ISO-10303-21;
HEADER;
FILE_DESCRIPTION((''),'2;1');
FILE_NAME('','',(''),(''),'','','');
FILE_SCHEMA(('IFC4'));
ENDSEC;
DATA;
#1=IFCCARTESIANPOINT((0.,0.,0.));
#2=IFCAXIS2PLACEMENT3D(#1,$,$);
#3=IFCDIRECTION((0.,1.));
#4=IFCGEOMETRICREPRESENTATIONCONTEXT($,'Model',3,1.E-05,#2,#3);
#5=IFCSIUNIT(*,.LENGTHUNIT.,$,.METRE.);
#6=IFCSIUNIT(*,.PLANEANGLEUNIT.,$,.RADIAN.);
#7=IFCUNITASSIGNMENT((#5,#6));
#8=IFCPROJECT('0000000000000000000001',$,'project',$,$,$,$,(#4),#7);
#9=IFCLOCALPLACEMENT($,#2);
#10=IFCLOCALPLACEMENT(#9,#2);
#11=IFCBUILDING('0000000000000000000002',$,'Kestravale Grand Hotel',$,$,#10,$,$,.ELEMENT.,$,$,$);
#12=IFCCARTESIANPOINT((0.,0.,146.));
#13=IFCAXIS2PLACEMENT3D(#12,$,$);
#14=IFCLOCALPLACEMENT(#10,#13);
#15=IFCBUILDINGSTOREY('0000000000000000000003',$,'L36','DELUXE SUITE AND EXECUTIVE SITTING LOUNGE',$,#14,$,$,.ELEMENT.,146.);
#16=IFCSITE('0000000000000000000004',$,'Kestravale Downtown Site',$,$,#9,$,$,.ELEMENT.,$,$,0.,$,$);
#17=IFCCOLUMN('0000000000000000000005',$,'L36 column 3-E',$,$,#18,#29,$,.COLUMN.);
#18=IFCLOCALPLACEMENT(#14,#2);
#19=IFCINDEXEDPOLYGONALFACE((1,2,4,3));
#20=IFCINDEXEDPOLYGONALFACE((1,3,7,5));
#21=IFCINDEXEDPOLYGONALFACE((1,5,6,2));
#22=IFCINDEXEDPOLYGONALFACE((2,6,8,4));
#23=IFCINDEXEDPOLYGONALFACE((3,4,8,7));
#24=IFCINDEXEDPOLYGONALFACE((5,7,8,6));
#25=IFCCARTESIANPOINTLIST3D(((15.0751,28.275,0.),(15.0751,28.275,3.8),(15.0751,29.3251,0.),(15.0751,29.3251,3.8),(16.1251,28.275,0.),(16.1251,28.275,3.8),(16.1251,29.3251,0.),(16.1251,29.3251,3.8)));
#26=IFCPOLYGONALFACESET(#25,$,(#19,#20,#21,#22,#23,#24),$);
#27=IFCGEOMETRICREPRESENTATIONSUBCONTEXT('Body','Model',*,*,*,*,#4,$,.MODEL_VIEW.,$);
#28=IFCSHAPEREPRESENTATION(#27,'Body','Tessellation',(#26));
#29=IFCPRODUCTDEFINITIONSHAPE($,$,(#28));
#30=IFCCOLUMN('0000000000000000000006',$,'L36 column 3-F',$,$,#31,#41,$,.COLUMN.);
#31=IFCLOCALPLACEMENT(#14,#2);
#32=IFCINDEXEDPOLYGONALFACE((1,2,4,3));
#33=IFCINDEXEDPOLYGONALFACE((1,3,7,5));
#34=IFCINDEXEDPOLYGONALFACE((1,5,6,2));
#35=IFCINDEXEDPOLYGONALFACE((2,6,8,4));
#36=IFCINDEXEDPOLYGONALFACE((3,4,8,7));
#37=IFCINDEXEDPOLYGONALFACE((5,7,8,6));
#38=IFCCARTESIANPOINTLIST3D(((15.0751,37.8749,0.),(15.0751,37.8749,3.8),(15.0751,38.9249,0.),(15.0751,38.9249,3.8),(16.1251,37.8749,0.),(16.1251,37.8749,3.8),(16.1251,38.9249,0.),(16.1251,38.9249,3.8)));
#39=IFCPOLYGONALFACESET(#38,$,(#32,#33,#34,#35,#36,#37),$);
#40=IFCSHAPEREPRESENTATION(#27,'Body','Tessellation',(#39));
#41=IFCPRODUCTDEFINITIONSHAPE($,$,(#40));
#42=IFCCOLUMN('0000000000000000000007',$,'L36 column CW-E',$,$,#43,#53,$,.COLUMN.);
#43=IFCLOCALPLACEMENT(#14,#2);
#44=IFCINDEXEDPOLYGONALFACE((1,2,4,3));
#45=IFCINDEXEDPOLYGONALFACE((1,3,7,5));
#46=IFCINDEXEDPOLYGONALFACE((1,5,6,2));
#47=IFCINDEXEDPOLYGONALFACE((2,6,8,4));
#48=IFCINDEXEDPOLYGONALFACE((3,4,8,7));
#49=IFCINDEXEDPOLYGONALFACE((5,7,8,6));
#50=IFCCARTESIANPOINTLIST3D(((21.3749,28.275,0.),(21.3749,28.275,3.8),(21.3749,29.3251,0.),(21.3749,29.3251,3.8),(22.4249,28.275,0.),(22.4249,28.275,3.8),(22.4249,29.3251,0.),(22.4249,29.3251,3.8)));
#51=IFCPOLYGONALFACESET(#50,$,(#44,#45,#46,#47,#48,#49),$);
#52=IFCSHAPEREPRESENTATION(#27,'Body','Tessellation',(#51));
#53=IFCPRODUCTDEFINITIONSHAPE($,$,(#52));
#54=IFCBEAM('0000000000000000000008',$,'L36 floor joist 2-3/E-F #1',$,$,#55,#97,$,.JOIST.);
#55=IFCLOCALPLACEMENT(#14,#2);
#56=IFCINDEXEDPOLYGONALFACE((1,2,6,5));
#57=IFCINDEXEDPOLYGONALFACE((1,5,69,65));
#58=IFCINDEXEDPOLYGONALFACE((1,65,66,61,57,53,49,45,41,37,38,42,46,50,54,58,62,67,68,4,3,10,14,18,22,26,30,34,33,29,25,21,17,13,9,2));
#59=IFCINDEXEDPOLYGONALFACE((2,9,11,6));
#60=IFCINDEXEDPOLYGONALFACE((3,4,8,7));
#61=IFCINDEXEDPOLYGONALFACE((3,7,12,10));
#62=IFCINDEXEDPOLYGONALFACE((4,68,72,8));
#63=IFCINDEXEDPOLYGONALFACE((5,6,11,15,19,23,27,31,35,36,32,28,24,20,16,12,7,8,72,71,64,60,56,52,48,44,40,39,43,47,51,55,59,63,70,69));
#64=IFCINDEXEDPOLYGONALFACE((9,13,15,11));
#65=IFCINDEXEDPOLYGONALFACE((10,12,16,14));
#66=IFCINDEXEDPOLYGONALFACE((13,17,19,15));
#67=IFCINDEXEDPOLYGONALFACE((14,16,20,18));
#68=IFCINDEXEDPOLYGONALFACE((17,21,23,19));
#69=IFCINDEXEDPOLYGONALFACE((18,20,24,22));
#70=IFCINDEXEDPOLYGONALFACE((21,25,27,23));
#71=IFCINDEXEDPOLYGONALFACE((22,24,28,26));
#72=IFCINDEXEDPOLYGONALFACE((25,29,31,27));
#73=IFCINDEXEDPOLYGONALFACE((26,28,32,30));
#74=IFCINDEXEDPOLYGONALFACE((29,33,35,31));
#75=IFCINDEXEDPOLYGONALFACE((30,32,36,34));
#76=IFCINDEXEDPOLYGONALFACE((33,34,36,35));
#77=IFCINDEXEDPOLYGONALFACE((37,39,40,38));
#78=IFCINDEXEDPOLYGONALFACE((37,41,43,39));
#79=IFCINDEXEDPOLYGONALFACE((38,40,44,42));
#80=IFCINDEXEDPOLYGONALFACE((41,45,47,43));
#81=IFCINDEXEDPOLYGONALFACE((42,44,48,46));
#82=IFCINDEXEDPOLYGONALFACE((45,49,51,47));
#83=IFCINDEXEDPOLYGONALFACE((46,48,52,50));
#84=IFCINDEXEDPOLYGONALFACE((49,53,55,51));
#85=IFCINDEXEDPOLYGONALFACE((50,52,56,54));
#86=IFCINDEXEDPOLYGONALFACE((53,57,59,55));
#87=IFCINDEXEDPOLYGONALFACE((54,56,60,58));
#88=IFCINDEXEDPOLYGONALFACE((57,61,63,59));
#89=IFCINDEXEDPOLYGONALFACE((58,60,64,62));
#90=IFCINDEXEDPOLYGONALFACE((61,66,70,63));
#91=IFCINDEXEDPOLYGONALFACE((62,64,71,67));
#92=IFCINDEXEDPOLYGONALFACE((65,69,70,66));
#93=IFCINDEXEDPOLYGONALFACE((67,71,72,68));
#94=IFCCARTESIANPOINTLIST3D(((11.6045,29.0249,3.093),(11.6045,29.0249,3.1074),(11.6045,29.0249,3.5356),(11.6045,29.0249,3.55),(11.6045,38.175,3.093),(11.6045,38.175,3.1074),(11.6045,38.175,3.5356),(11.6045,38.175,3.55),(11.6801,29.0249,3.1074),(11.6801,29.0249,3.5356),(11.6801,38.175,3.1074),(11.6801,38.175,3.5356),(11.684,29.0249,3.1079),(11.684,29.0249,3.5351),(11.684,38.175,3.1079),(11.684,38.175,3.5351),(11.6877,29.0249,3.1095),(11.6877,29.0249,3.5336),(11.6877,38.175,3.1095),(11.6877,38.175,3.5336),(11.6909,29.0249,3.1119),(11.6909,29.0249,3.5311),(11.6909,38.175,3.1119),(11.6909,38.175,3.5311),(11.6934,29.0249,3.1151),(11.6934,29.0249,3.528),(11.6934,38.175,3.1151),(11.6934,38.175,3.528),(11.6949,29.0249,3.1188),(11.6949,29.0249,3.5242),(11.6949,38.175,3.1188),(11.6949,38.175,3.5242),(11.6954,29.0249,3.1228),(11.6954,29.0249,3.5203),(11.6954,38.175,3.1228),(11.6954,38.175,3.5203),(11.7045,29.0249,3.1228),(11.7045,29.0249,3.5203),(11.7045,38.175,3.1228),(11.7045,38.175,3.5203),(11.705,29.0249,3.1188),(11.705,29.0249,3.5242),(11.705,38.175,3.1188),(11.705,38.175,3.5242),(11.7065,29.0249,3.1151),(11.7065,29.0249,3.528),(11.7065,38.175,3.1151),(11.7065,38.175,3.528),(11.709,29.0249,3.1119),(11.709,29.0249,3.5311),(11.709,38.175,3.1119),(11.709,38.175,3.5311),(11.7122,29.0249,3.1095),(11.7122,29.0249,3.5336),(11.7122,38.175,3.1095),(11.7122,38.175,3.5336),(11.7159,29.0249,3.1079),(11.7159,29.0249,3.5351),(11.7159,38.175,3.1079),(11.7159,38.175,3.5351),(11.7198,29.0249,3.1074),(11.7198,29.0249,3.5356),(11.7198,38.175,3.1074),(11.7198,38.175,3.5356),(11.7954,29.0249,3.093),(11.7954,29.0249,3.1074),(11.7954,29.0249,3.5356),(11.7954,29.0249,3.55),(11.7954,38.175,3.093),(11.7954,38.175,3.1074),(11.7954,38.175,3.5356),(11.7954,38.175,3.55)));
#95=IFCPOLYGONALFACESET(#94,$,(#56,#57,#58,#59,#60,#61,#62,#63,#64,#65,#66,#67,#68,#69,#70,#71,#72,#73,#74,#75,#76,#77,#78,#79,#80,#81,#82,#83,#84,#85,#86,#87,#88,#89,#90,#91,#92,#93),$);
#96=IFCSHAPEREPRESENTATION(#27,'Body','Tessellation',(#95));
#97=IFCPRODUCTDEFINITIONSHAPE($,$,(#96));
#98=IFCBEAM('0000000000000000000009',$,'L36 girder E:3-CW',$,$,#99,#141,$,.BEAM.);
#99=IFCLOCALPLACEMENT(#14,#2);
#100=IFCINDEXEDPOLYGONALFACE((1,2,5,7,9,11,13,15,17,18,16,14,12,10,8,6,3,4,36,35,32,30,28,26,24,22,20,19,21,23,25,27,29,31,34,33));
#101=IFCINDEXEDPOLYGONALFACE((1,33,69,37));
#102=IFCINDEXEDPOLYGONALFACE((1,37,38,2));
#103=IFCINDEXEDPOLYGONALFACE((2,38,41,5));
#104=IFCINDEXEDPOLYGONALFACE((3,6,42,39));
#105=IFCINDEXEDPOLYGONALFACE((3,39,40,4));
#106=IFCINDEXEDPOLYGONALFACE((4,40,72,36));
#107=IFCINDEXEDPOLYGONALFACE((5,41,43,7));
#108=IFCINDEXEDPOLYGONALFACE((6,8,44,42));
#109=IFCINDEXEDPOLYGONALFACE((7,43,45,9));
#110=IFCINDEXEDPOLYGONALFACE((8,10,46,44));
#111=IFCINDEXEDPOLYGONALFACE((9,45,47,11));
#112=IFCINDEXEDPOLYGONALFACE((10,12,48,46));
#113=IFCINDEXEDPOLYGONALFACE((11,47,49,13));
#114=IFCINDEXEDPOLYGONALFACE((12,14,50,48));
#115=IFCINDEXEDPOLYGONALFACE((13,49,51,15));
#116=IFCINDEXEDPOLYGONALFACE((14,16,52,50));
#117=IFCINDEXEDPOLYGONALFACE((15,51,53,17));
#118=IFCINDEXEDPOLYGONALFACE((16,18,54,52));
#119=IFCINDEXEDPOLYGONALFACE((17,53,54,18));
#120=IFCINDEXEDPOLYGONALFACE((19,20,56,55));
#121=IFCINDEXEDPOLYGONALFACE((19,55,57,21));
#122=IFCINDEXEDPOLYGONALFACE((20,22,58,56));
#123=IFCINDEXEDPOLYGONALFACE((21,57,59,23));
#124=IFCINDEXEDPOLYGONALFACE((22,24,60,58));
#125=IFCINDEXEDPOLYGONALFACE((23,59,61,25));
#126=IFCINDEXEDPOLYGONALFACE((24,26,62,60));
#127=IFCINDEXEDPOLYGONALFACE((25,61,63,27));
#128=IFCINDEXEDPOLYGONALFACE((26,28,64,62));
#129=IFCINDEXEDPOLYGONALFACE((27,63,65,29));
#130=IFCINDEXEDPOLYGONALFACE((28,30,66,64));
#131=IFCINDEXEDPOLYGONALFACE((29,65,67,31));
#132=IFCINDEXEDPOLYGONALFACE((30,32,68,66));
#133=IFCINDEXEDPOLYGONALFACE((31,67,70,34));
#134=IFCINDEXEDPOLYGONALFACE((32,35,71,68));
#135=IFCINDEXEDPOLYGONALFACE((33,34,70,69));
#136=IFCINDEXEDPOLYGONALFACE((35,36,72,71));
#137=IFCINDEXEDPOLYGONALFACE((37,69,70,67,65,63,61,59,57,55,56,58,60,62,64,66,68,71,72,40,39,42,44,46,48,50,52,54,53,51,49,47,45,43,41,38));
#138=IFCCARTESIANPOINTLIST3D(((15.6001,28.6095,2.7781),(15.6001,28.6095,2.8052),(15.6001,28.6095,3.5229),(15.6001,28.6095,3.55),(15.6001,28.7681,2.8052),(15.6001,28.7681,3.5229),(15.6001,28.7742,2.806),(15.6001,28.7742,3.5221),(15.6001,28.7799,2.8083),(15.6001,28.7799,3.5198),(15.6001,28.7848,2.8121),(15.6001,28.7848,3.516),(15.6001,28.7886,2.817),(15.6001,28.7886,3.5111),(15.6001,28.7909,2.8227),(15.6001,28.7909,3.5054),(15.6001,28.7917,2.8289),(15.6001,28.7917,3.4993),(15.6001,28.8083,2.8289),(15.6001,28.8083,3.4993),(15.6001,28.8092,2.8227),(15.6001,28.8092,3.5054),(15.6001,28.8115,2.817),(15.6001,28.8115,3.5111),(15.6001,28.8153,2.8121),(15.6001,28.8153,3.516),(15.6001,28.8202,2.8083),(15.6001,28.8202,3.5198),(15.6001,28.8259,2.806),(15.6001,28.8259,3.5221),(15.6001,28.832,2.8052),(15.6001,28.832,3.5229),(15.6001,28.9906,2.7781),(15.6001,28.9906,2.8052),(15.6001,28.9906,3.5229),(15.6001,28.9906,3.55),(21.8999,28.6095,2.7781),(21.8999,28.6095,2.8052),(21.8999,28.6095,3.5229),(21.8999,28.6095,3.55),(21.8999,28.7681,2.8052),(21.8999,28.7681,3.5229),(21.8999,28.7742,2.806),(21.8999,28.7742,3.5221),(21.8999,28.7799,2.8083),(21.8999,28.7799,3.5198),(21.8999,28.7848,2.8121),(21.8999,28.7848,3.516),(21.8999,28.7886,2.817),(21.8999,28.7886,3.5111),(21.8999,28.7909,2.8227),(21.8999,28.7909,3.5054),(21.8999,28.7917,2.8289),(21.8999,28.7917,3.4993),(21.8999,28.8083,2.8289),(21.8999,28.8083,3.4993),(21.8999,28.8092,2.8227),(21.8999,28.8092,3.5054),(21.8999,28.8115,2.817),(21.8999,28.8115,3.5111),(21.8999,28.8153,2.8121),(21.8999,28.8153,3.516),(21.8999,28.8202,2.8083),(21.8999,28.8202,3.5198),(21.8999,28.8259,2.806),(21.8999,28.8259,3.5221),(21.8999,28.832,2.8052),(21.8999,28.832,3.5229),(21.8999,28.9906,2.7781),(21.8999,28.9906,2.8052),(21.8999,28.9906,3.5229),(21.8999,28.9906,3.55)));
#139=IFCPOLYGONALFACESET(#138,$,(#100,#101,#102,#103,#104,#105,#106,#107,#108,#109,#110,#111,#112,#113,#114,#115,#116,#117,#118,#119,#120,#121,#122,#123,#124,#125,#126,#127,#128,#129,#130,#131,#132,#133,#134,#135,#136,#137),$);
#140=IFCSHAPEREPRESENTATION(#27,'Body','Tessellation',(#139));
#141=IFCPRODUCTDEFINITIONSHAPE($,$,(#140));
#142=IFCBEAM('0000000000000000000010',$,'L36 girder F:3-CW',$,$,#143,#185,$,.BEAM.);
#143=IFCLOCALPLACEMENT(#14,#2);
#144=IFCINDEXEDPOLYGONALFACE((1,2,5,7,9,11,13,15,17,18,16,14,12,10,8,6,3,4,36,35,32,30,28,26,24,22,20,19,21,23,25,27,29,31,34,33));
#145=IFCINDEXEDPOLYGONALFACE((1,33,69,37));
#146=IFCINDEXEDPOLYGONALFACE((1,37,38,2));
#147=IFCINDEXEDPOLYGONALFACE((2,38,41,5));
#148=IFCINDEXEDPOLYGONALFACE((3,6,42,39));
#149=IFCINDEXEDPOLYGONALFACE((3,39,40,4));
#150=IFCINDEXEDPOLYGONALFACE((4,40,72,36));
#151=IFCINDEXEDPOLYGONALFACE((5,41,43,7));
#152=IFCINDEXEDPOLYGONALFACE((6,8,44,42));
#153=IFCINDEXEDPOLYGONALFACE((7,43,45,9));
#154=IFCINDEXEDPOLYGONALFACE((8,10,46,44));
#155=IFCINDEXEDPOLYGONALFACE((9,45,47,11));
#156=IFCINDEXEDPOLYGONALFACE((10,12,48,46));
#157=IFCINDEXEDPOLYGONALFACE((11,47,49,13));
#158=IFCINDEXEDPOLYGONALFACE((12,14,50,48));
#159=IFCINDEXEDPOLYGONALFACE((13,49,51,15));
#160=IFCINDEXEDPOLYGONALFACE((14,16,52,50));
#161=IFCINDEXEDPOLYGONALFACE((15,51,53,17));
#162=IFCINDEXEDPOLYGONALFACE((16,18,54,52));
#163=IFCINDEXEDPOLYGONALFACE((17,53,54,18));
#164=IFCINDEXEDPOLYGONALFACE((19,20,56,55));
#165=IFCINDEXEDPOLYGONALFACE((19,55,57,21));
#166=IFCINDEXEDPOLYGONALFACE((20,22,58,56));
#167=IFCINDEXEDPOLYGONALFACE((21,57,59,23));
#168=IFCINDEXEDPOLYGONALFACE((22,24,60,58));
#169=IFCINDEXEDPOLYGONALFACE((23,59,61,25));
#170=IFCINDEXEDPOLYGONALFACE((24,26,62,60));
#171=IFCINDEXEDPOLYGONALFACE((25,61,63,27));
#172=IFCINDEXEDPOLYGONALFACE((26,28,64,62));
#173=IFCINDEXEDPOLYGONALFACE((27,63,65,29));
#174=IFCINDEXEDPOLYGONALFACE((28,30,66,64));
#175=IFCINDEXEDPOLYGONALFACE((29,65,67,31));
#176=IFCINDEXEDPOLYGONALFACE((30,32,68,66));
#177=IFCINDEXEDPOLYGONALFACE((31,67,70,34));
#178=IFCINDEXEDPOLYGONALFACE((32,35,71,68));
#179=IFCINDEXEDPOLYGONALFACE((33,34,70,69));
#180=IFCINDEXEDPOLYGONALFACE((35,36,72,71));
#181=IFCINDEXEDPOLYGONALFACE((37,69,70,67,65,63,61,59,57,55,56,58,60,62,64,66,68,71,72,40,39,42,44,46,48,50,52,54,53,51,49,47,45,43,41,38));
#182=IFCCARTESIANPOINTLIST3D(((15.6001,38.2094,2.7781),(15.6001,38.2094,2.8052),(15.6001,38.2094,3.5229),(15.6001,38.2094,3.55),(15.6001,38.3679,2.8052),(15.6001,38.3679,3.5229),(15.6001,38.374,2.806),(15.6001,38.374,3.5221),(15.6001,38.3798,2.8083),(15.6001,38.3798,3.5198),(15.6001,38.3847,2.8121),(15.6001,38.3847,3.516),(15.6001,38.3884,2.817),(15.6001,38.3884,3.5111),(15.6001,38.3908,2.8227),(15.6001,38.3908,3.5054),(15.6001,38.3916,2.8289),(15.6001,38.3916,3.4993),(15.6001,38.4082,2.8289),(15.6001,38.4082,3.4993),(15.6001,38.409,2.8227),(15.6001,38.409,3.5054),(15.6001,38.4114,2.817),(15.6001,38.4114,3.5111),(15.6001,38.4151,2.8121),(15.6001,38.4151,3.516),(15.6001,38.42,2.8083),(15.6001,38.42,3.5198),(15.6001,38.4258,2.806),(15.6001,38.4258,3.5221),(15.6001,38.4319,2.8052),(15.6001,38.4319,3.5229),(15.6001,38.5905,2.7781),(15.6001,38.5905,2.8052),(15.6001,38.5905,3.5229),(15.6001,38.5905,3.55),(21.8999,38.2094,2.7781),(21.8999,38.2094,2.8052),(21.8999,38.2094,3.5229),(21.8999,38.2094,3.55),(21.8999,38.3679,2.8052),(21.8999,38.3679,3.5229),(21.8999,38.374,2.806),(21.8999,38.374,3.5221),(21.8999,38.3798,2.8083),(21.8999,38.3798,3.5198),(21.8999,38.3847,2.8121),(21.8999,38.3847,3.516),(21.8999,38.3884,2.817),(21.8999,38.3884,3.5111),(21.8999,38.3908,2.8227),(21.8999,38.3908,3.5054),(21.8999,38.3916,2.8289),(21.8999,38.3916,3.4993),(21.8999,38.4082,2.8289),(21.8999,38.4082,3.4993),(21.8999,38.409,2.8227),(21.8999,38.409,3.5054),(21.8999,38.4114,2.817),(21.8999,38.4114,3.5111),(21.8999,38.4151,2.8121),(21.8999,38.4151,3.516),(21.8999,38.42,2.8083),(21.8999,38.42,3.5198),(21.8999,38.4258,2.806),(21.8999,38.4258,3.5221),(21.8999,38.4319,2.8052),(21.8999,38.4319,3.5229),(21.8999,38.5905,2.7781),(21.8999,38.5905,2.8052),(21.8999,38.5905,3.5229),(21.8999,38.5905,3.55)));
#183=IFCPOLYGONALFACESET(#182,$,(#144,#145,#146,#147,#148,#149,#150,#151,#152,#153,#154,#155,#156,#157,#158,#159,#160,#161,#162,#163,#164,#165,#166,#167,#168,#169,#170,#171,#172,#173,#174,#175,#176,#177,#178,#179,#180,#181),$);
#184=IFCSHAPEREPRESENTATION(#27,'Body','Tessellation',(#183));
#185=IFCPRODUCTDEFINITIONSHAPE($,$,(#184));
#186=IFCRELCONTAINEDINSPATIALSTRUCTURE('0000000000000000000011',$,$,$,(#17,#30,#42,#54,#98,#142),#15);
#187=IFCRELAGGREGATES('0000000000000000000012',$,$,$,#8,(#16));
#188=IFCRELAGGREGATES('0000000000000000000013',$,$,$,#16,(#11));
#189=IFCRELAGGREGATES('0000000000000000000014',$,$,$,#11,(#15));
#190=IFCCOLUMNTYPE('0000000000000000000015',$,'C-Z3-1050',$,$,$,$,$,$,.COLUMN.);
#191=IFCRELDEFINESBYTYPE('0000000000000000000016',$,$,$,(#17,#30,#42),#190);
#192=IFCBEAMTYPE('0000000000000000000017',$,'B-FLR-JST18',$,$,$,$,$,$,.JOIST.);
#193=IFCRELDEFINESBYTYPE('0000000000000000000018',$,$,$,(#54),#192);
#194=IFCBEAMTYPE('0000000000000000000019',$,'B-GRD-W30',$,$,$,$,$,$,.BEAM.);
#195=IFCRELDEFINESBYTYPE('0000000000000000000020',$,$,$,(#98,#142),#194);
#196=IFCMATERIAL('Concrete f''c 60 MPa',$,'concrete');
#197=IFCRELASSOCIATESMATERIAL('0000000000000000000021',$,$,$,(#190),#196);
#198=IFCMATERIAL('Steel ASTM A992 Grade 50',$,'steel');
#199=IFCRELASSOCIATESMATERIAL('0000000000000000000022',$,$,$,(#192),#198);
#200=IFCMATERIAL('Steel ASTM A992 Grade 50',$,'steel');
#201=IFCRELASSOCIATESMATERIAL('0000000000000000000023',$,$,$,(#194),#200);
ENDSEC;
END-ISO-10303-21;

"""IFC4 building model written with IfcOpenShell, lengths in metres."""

from ifc_helpers import new_model, si_unit, direction, frame, origin, origin_2d, place, context, subcontext, project, spatial, rectangle, i_section, extrude, material, material_profile, profile_set, type_object, element, save


model = new_model("IFC4")

# Units and contexts
model_context = context("Model", 3, precision=1e-05, world=origin(), true_north=direction((0.0, 1.0)))
body_context = subcontext(model_context, "Body", "Model", "MODEL_VIEW")
ifc_project = project(units=[si_unit("LENGTHUNIT", "METRE"), si_unit("PLANEANGLEUNIT", "RADIAN")], contexts=[model_context])

# Site, building, storey
site_placement = place(None, origin())
site = spatial("IfcSite", under=ifc_project, at=site_placement, Name="Kestravale Downtown Site", CompositionType="ELEMENT", RefElevation=0.0)
building_placement = place(site_placement, origin())
building = spatial("IfcBuilding", under=site, at=building_placement, Name="Kestravale Grand Hotel", CompositionType="ELEMENT")
storey_placement = place(building_placement, frame((0.0, 0.0, 146.0)))
storey = spatial("IfcBuildingStorey", under=building, at=storey_placement, Name="L36", Description="DELUXE SUITE AND EXECUTIVE SITTING LOUNGE", CompositionType="ELEMENT", Elevation=146.0)

# Columns
ifc_material_1 = material(Name="Concrete f'c 60 MPa", Category="concrete")
ifc_material_profile_1 = material_profile(ifc_material_1, rectangle(XDim=1.05, YDim=1.05, at=origin_2d()))
ifc_profile_set_1 = profile_set([ifc_material_profile_1], Name="Concrete f'c 60 MPa")
column_type = type_object("IfcColumnType", Name="C-Z3-1050", PredefinedType="COLUMN", material=ifc_profile_set_1)
for number, where, z_axis, x_axis, name in (
    (1, (15.6001, 28.8, 0.0), (0.0, 0.0, 1.0), (1.0, 0.0, 0.0), "L36 column 3-E"),
    (2, (15.6001, 38.3999, 0.0), (0.0, 0.0, 1.0), (1.0, 0.0, 0.0), "L36 column 3-F"),
    (3, (21.8999, 28.8, 0.0), (0.0, 0.0, 1.0), (1.0, 0.0, 0.0), "L36 column CW-E"),
):
    element("IfcColumn", number, at=place(storey_placement, frame(where, z_axis=z_axis, x_axis=x_axis)), inside=storey, type_object=column_type, Name=name, PredefinedType="COLUMN", context=body_context, shape_type="SweptSolid", body=[
        extrude(rectangle(XDim=1.05, YDim=1.05, at=origin_2d()), origin(), (0.0, 0.0, 1.0), 3.8),
    ])

# Beams
ifc_material_2 = material(Name="Steel ASTM A992 Grade 50", Category="steel")
ifc_material_profile_2 = material_profile(ifc_material_2, i_section(OverallWidth=0.1909, OverallDepth=0.457, WebThickness=0.009, FlangeThickness=0.0144, FilletRadius=0.0154, at=origin_2d()))
ifc_profile_set_2 = profile_set([ifc_material_profile_2], Name="Steel ASTM A992 Grade 50")
beam_type_1 = type_object("IfcBeamType", Name="B-FLR-JST18", PredefinedType="JOIST", material=ifc_profile_set_2)
beam_1_placement = place(storey_placement, frame((11.7, 29.0249, 3.3215), z_axis=(0.0, 1.0, 0.0), x_axis=(-1.0, 0.0, 0.0)))
element("IfcBeam", 4, at=beam_1_placement, inside=storey, type_object=beam_type_1, Name="L36 floor joist 2-3/E-F #1", PredefinedType="JOIST", context=body_context, shape_type="SweptSolid", body=[
    extrude(i_section(OverallWidth=0.1909, OverallDepth=0.457, WebThickness=0.009, FlangeThickness=0.0144, FilletRadius=0.0154, at=origin_2d()), origin(), (0.0, 0.0, 1.0), 9.1501),
])
ifc_material_3 = material(Name="Steel ASTM A992 Grade 50", Category="steel")
ifc_material_profile_3 = material_profile(ifc_material_3, i_section(OverallWidth=0.3811, OverallDepth=0.772, WebThickness=0.0166, FlangeThickness=0.0271, FilletRadius=0.0237, at=origin_2d()))
ifc_profile_set_3 = profile_set([ifc_material_profile_3], Name="Steel ASTM A992 Grade 50")
beam_type_2 = type_object("IfcBeamType", Name="B-GRD-W30", PredefinedType="BEAM", material=ifc_profile_set_3)
for number, where, z_axis, x_axis, name in (
    (5, (15.6001, 28.8, 3.1641), (1.0, 0.0, 0.0), (0.0, 1.0, 0.0), "L36 girder E:3-CW"),
    (6, (15.6001, 38.3999, 3.1641), (1.0, 0.0, 0.0), (0.0, 1.0, 0.0), "L36 girder F:3-CW"),
):
    element("IfcBeam", number, at=place(storey_placement, frame(where, z_axis=z_axis, x_axis=x_axis)), inside=storey, type_object=beam_type_2, Name=name, PredefinedType="BEAM", context=body_context, shape_type="SweptSolid", body=[
        extrude(i_section(OverallWidth=0.3811, OverallDepth=0.772, WebThickness=0.0166, FlangeThickness=0.0271, FilletRadius=0.0237, at=origin_2d()), origin(), (0.0, 0.0, 1.0), 6.2998),
    ])

save(model, "model.ifc")
